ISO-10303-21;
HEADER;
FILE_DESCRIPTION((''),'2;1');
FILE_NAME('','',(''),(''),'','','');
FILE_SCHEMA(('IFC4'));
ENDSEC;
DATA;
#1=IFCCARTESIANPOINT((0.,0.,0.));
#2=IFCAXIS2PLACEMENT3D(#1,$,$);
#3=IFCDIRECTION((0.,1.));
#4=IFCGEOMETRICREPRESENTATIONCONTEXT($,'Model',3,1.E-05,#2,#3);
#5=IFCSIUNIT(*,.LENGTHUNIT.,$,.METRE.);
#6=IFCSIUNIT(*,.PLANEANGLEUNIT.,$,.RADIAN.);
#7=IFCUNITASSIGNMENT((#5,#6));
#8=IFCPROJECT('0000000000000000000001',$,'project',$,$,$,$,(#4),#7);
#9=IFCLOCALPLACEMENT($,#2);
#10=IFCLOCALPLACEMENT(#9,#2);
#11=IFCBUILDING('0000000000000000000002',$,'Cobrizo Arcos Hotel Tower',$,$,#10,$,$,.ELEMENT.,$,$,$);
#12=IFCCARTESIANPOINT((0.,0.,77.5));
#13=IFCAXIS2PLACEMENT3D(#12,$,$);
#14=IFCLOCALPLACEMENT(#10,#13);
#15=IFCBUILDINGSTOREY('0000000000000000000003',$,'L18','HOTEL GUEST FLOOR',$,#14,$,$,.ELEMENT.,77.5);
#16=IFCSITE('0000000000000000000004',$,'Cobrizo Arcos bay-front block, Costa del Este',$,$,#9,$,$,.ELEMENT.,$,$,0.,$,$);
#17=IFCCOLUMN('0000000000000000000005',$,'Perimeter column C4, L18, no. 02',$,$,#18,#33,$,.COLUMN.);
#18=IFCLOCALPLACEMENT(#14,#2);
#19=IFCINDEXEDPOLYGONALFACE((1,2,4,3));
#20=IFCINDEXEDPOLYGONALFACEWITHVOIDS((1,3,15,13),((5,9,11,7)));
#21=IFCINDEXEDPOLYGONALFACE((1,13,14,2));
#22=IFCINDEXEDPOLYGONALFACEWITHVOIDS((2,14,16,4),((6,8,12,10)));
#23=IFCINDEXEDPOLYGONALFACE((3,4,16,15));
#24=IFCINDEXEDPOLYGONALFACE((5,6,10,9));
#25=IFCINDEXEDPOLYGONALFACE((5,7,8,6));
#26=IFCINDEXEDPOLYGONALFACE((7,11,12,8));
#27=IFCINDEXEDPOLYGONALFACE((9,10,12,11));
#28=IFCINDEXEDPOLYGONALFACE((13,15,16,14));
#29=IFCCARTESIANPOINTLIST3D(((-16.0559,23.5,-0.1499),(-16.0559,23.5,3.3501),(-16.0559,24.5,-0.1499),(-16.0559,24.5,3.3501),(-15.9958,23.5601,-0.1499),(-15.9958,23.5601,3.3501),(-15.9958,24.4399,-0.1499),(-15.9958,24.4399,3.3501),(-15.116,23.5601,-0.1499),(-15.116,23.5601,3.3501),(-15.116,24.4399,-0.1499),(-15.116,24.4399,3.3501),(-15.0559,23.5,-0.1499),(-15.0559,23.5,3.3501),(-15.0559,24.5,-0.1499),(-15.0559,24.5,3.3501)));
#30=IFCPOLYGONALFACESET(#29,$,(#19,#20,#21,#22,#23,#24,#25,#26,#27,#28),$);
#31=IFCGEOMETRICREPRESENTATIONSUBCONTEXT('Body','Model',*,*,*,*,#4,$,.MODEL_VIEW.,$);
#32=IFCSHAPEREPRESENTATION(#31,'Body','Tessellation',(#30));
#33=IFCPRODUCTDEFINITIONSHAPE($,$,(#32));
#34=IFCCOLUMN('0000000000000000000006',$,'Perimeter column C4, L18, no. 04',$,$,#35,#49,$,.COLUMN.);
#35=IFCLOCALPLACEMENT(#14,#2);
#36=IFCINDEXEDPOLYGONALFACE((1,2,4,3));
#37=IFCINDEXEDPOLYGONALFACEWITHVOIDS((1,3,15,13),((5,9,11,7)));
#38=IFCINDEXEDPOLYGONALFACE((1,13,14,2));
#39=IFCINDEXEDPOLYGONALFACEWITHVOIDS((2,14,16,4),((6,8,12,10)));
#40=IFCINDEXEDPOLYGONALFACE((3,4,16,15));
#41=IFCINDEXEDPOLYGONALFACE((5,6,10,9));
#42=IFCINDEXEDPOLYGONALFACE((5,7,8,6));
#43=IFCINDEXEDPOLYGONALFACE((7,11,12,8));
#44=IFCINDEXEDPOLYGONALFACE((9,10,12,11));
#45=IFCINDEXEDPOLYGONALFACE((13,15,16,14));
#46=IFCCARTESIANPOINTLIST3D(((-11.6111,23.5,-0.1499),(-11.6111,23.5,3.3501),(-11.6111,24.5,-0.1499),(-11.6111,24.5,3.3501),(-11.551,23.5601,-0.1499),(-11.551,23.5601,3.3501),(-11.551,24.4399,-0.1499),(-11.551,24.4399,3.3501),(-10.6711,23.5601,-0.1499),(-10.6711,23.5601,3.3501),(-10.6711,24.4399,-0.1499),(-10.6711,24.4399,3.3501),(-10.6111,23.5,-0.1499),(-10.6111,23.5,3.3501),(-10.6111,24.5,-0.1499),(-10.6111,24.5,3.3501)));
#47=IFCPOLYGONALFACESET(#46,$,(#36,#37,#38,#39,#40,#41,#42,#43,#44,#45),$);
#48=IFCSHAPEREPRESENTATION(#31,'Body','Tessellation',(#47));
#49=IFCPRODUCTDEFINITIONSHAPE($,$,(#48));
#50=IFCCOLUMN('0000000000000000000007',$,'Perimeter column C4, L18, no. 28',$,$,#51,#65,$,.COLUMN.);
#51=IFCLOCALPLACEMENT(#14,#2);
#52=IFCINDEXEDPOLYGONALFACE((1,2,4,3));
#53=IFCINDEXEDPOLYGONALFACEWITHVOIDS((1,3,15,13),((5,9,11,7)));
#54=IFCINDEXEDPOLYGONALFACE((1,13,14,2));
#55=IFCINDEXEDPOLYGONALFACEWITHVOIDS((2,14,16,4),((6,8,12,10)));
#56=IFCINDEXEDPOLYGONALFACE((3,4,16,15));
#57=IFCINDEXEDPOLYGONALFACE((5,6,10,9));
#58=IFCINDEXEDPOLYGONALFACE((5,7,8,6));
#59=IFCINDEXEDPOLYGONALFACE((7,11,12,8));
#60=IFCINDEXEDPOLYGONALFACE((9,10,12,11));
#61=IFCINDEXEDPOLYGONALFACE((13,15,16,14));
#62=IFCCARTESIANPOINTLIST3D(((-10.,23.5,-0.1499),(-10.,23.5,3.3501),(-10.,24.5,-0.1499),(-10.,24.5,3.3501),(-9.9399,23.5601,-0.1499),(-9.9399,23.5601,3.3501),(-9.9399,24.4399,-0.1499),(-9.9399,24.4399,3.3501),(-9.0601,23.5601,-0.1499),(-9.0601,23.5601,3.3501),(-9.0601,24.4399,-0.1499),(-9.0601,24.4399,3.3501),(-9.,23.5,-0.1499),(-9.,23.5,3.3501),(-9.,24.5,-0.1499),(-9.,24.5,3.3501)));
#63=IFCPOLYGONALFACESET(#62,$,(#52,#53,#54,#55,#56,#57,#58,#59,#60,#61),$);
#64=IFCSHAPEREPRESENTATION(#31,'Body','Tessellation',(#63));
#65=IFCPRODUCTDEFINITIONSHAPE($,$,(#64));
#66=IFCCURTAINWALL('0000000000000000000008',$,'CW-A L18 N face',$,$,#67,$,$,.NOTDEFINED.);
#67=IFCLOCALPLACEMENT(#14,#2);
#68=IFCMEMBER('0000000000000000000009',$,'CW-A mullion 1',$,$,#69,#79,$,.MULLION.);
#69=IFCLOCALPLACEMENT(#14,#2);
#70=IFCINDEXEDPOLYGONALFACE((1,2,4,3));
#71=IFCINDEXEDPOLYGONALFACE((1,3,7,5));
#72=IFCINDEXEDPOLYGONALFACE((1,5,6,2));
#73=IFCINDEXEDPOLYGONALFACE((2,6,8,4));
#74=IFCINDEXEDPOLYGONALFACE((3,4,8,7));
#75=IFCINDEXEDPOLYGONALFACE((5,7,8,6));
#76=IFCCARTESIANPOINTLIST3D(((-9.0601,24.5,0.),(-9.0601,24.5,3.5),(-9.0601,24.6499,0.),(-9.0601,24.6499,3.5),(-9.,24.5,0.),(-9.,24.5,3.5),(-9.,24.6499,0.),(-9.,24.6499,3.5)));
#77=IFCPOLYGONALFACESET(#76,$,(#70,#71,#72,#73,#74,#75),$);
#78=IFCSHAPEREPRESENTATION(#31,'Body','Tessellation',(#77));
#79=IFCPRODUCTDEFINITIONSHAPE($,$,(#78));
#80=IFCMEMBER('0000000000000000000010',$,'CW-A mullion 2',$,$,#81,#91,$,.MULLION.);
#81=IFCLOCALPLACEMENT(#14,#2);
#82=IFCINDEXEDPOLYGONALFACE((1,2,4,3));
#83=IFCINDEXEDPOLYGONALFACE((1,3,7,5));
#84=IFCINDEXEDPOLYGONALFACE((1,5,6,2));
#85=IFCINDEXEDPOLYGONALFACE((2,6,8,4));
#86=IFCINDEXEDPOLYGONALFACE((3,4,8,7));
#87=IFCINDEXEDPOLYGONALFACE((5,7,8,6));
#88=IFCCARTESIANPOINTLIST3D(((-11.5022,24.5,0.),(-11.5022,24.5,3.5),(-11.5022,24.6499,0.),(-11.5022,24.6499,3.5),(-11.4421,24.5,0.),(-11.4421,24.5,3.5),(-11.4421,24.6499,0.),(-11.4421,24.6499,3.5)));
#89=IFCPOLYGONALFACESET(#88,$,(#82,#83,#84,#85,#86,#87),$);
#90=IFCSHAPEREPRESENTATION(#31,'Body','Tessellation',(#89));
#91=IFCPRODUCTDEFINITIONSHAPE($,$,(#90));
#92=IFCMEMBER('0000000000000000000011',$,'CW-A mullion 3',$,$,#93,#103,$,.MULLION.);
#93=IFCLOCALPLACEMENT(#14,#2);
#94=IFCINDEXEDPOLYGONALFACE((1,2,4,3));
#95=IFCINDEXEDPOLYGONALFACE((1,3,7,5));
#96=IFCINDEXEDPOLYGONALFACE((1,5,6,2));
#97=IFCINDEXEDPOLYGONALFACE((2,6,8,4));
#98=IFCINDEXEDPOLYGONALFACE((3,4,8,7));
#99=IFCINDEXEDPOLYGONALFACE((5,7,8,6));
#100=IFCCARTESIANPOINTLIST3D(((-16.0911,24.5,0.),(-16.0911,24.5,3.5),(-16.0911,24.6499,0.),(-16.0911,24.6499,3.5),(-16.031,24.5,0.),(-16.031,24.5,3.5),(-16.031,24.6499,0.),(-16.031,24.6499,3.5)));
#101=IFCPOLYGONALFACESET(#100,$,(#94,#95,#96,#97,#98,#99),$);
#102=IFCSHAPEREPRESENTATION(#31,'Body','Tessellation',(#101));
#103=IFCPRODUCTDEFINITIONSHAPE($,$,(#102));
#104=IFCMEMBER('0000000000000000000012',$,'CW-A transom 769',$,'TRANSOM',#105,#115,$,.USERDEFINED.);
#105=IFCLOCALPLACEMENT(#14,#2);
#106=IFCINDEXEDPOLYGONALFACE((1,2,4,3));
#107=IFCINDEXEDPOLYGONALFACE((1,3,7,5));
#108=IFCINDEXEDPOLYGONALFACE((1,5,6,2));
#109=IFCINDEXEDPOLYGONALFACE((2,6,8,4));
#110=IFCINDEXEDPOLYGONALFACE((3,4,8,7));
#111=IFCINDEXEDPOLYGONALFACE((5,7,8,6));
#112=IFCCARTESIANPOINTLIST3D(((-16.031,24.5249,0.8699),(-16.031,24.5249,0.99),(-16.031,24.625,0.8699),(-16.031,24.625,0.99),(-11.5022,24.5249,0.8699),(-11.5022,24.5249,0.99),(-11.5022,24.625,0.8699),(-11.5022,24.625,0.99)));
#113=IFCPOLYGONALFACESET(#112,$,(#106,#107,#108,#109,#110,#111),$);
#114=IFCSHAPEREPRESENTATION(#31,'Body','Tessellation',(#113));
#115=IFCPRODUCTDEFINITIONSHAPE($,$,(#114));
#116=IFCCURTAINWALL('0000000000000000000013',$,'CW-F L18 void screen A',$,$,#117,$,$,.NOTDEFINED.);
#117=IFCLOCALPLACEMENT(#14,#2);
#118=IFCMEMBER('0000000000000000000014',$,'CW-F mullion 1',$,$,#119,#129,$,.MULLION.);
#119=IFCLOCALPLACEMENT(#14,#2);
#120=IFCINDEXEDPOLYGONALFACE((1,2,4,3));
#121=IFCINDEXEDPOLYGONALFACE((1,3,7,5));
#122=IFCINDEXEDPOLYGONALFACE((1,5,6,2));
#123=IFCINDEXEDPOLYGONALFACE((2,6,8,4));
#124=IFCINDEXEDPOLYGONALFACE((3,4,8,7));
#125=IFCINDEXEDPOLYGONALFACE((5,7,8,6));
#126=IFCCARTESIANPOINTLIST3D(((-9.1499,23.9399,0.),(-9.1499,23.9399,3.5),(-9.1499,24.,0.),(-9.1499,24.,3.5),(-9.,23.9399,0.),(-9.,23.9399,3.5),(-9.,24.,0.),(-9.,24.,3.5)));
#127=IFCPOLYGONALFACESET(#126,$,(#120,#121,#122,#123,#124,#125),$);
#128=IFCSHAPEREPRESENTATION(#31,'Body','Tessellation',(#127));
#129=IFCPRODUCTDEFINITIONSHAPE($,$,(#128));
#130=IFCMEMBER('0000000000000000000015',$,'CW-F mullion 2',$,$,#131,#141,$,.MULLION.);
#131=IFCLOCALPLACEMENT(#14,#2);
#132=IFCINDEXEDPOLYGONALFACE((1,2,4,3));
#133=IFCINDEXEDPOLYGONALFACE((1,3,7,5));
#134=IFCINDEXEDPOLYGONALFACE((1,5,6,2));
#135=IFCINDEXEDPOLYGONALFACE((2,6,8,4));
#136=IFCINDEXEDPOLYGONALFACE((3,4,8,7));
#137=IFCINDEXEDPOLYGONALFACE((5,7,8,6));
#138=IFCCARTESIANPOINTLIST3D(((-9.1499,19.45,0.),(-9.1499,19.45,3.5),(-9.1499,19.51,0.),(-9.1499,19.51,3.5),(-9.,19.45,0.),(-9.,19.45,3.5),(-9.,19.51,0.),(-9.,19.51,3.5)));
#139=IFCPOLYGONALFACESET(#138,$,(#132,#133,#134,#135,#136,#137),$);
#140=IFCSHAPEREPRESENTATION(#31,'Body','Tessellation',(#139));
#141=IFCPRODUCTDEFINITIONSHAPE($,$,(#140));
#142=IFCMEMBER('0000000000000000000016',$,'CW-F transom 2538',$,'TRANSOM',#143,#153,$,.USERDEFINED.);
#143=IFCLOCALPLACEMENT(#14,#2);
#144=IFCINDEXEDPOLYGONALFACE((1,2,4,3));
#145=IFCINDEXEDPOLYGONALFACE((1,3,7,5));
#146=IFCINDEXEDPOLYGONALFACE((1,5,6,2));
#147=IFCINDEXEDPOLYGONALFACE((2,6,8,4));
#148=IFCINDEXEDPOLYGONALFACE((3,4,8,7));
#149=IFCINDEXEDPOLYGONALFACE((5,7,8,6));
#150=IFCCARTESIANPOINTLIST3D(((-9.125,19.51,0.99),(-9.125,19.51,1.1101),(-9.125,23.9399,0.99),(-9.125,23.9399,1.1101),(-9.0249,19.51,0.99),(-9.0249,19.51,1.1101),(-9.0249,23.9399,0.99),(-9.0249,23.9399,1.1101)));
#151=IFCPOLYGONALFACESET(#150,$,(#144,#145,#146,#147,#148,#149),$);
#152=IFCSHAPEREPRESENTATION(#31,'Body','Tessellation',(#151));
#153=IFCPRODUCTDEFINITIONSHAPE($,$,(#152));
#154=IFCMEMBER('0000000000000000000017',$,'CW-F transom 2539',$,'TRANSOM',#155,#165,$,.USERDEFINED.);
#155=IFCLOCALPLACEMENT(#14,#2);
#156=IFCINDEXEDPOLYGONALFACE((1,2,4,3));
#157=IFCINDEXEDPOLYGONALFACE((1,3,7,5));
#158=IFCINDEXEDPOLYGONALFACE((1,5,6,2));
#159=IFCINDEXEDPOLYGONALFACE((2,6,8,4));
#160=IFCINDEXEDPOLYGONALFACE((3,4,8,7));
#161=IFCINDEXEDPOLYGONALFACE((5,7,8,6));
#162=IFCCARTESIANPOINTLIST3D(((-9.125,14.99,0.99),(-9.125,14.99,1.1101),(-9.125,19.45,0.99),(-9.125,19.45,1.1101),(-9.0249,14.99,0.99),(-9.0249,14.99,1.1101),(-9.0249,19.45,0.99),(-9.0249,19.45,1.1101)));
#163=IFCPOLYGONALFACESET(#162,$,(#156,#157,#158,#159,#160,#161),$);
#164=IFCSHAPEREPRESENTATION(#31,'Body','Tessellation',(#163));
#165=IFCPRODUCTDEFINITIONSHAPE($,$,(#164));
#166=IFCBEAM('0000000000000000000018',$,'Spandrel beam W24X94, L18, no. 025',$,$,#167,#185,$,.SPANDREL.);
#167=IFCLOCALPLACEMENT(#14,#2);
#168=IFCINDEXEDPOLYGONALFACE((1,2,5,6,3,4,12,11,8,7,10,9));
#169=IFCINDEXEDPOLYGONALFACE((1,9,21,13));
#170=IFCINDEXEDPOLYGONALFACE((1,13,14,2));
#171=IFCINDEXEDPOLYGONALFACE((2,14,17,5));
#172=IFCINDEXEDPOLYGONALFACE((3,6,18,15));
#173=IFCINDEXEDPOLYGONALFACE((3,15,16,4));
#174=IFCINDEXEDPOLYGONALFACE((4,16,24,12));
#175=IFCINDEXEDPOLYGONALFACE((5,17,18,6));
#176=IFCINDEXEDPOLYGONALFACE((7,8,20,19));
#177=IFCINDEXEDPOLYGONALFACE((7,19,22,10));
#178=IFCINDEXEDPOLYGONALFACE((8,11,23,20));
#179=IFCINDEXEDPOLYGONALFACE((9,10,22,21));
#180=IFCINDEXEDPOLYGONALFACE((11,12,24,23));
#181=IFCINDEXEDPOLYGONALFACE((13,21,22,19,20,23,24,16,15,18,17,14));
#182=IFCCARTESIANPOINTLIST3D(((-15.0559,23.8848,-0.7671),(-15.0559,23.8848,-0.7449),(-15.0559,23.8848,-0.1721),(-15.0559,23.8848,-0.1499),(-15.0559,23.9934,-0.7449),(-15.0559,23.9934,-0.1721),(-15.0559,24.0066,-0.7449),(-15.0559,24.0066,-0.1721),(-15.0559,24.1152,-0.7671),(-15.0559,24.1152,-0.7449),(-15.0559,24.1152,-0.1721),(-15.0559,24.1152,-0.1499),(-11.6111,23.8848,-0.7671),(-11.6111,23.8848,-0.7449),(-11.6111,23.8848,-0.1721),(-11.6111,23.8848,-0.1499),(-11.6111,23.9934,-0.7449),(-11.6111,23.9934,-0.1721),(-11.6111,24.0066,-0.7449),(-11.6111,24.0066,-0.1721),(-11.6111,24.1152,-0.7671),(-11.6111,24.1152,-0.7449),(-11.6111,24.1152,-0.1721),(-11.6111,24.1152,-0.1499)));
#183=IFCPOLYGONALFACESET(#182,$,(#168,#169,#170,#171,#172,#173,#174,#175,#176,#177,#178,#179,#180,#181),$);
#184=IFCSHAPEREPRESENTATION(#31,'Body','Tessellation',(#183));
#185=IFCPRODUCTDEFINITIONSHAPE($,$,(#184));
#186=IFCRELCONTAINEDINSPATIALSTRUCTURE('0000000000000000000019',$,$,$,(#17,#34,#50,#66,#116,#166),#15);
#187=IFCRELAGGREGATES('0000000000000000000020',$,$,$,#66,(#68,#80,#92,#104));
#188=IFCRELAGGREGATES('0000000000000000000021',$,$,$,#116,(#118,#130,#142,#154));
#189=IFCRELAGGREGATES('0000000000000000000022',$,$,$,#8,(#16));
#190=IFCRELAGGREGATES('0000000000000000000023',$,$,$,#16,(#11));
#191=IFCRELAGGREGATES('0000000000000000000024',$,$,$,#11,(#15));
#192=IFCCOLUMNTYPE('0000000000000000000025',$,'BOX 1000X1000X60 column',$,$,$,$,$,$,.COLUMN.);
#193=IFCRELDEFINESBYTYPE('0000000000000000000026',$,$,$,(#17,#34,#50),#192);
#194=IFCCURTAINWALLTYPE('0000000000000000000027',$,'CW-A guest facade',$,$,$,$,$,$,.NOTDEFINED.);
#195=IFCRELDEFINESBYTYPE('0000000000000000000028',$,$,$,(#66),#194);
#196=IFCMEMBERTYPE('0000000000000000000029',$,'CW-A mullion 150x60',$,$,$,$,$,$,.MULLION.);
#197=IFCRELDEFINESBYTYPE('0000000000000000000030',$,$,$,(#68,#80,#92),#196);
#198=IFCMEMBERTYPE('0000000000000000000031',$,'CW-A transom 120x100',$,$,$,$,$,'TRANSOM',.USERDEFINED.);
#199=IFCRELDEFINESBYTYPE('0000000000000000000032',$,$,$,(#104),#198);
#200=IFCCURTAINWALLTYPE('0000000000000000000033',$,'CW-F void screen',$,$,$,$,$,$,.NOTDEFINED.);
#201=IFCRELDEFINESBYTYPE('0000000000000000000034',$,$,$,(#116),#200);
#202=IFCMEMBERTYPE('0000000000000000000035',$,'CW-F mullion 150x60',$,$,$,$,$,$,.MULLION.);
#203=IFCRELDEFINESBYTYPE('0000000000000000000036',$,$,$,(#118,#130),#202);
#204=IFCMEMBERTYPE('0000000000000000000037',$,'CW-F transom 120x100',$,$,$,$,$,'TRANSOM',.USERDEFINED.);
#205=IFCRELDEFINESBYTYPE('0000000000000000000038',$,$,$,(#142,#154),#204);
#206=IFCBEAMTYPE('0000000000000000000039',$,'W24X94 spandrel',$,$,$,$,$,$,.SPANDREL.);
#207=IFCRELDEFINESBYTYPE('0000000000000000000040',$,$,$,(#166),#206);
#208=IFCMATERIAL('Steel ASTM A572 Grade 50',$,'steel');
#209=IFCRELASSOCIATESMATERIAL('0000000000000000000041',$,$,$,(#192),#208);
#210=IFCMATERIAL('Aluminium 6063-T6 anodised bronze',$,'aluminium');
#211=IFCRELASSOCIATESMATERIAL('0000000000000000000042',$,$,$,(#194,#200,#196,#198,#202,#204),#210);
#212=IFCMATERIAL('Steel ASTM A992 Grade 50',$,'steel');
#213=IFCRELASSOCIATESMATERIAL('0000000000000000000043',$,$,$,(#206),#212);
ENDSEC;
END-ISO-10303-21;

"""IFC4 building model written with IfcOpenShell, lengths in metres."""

from ifc_helpers import new_model, si_unit, direction, frame, origin, origin_2d, place, context, subcontext, project, spatial, rectangle, hollow_rectangle, i_section, extrude, material, material_profile, profile_set, type_object, element, aggregate, save


model = new_model("IFC4")

# Units and contexts
model_context = context("Model", 3, precision=1e-05, world=origin(), true_north=direction((0.0, 1.0)))
body_context = subcontext(model_context, "Body", "Model", "MODEL_VIEW")
ifc_project = project(units=[si_unit("LENGTHUNIT", "METRE"), si_unit("PLANEANGLEUNIT", "RADIAN")], contexts=[model_context])

# Site, building, storey
site_placement = place(None, origin())
site = spatial("IfcSite", under=ifc_project, at=site_placement, Name="Cobrizo Arcos bay-front block, Costa del Este", CompositionType="ELEMENT", RefElevation=0.0)
building_placement = place(site_placement, origin())
building = spatial("IfcBuilding", under=site, at=building_placement, Name="Cobrizo Arcos Hotel Tower", CompositionType="ELEMENT")
storey_placement = place(building_placement, frame((0.0, 0.0, 77.5)))
storey = spatial("IfcBuildingStorey", under=building, at=storey_placement, Name="L18", Description="HOTEL GUEST FLOOR", CompositionType="ELEMENT", Elevation=77.5)

# Columns
ifc_material_1 = material(Name="Steel ASTM A572 Grade 50", Category="steel")
ifc_material_profile_1 = material_profile(ifc_material_1, hollow_rectangle(XDim=1.0, YDim=1.0, WallThickness=0.0601, at=origin_2d()), Name="BOX 1000X1000X60")
ifc_profile_set_1 = profile_set([ifc_material_profile_1], Name="Steel ASTM A572 Grade 50")
column_type = type_object("IfcColumnType", Name="BOX 1000X1000X60 column", PredefinedType="COLUMN", material=ifc_profile_set_1)
for number, where, z_axis, x_axis, name in (
    (1, (-15.5559, 24.0, -0.1499), (0.0, 0.0, 1.0), (1.0, 0.0, 0.0), "Perimeter column C4, L18, no. 02"),
    (2, (-11.1111, 24.0, -0.1499), (0.0, 0.0, 1.0), (1.0, 0.0, 0.0), "Perimeter column C4, L18, no. 04"),
    (3, (-9.5, 24.0, -0.1499), (0.0, 0.0, 1.0), (1.0, 0.0, 0.0), "Perimeter column C4, L18, no. 28"),
):
    element("IfcColumn", number, at=place(storey_placement, frame(where, z_axis=z_axis, x_axis=x_axis)), inside=storey, type_object=column_type, Name=name, PredefinedType="COLUMN", context=body_context, shape_type="SweptSolid", body=[
        extrude(hollow_rectangle(XDim=1.0, YDim=1.0, WallThickness=0.0601, at=origin_2d()), origin(), (0.0, 0.0, 1.0), 3.5),
    ])

# Curtain walls, members
ifc_material_2 = material(Name="Aluminium 6063-T6 anodised bronze", Category="aluminium")
curtain_wall_type_1 = type_object("IfcCurtainWallType", Name="CW-A guest facade", PredefinedType="NOTDEFINED", material=ifc_material_2)
curtain_wall_1_placement = place(storey_placement, origin())
curtain_wall_1 = element("IfcCurtainWall", 4, at=curtain_wall_1_placement, inside=storey, type_object=curtain_wall_type_1, Name="CW-A L18 N face", PredefinedType="NOTDEFINED")
ifc_material_profile_2 = material_profile(ifc_material_2, rectangle(XDim=0.1499, YDim=0.0601, at=origin_2d()), Name="CW-A mullion 150x60")
ifc_profile_set_2 = profile_set([ifc_material_profile_2], Name="Aluminium 6063-T6 anodised bronze")
member_type_1 = type_object("IfcMemberType", Name="CW-A mullion 150x60", PredefinedType="MULLION", material=ifc_profile_set_2)
member_1_placement = place(storey_placement, frame((-9.03, 24.575, 0.0), z_axis=(0.0, 0.0, 1.0), x_axis=(0.0, 1.0, 0.0)))
member_1 = element("IfcMember", 5, at=member_1_placement, type_object=member_type_1, Name="CW-A mullion 1", PredefinedType="MULLION", context=body_context, shape_type="SweptSolid", body=[
    extrude(rectangle(XDim=0.1499, YDim=0.0601, at=origin_2d()), origin(), (0.0, 0.0, 1.0), 3.5),
])
member_2_placement = place(storey_placement, frame((-11.4722, 24.575, 0.0), z_axis=(0.0, 0.0, 1.0), x_axis=(0.0, 1.0, 0.0)))
member_2 = element("IfcMember", 6, at=member_2_placement, type_object=member_type_1, Name="CW-A mullion 2", PredefinedType="MULLION", context=body_context, shape_type="SweptSolid", body=[
    extrude(rectangle(XDim=0.1499, YDim=0.0601, at=origin_2d()), origin(), (0.0, 0.0, 1.0), 3.5),
])
member_3_placement = place(storey_placement, frame((-16.061, 24.575, 0.0), z_axis=(0.0, 0.0, 1.0), x_axis=(0.0, 1.0, 0.0)))
member_3 = element("IfcMember", 7, at=member_3_placement, type_object=member_type_1, Name="CW-A mullion 3", PredefinedType="MULLION", context=body_context, shape_type="SweptSolid", body=[
    extrude(rectangle(XDim=0.1499, YDim=0.0601, at=origin_2d()), origin(), (0.0, 0.0, 1.0), 3.5),
])
ifc_material_profile_3 = material_profile(ifc_material_2, rectangle(XDim=0.1001, YDim=0.1201, at=origin_2d()), Name="CW-A transom 120x100")
ifc_profile_set_3 = profile_set([ifc_material_profile_3], Name="Aluminium 6063-T6 anodised bronze")
member_type_2 = type_object("IfcMemberType", Name="CW-A transom 120x100", ElementType="TRANSOM", PredefinedType="USERDEFINED", material=ifc_profile_set_3)
member_4_placement = place(storey_placement, frame((-11.5022, 24.575, 0.9299), z_axis=(-1.0, 0.0, 0.0), x_axis=(0.0, -1.0, 0.0)))
member_4 = element("IfcMember", 8, at=member_4_placement, type_object=member_type_2, Name="CW-A transom 769", ObjectType="TRANSOM", PredefinedType="USERDEFINED", context=body_context, shape_type="SweptSolid", body=[
    extrude(rectangle(XDim=0.1001, YDim=0.1201, at=origin_2d()), origin(), (0.0, 0.0, 1.0), 4.5288),
])
curtain_wall_type_2 = type_object("IfcCurtainWallType", Name="CW-F void screen", PredefinedType="NOTDEFINED", material=ifc_material_2)
curtain_wall_2_placement = place(storey_placement, origin())
curtain_wall_2 = element("IfcCurtainWall", 9, at=curtain_wall_2_placement, inside=storey, type_object=curtain_wall_type_2, Name="CW-F L18 void screen A", PredefinedType="NOTDEFINED")
ifc_material_profile_4 = material_profile(ifc_material_2, rectangle(XDim=0.1499, YDim=0.0601, at=origin_2d()), Name="CW-F mullion 150x60")
ifc_profile_set_4 = profile_set([ifc_material_profile_4], Name="Aluminium 6063-T6 anodised bronze")
member_type_3 = type_object("IfcMemberType", Name="CW-F mullion 150x60", PredefinedType="MULLION", material=ifc_profile_set_4)
member_5_placement = place(storey_placement, frame((-9.075, 23.97, 0.0), z_axis=(0.0, 0.0, 1.0), x_axis=(-1.0, 0.0, 0.0)))
member_5 = element("IfcMember", 10, at=member_5_placement, type_object=member_type_3, Name="CW-F mullion 1", PredefinedType="MULLION", context=body_context, shape_type="SweptSolid", body=[
    extrude(rectangle(XDim=0.1499, YDim=0.0601, at=origin_2d()), origin(), (0.0, 0.0, 1.0), 3.5),
])
member_6_placement = place(storey_placement, frame((-9.075, 19.48, 0.0), z_axis=(0.0, 0.0, 1.0), x_axis=(-1.0, 0.0, 0.0)))
member_6 = element("IfcMember", 11, at=member_6_placement, type_object=member_type_3, Name="CW-F mullion 2", PredefinedType="MULLION", context=body_context, shape_type="SweptSolid", body=[
    extrude(rectangle(XDim=0.1499, YDim=0.0601, at=origin_2d()), origin(), (0.0, 0.0, 1.0), 3.5),
])
ifc_material_profile_5 = material_profile(ifc_material_2, rectangle(XDim=0.1001, YDim=0.1201, at=origin_2d()), Name="CW-F transom 120x100")
ifc_profile_set_5 = profile_set([ifc_material_profile_5], Name="Aluminium 6063-T6 anodised bronze")
member_type_4 = type_object("IfcMemberType", Name="CW-F transom 120x100", ElementType="TRANSOM", PredefinedType="USERDEFINED", material=ifc_profile_set_5)
member_7_placement = place(storey_placement, frame((-9.075, 23.9399, 1.05), z_axis=(0.0, -1.0, 0.0), x_axis=(1.0, 0.0, 0.0)))
member_7 = element("IfcMember", 12, at=member_7_placement, type_object=member_type_4, Name="CW-F transom 2538", ObjectType="TRANSOM", PredefinedType="USERDEFINED", context=body_context, shape_type="SweptSolid", body=[
    extrude(rectangle(XDim=0.1001, YDim=0.1201, at=origin_2d()), origin(), (0.0, 0.0, 1.0), 4.4299),
])
member_8_placement = place(storey_placement, frame((-9.075, 19.45, 1.05), z_axis=(0.0, -1.0, 0.0), x_axis=(1.0, 0.0, 0.0)))
member_8 = element("IfcMember", 13, at=member_8_placement, type_object=member_type_4, Name="CW-F transom 2539", ObjectType="TRANSOM", PredefinedType="USERDEFINED", context=body_context, shape_type="SweptSolid", body=[
    extrude(rectangle(XDim=0.1001, YDim=0.1201, at=origin_2d()), origin(), (0.0, 0.0, 1.0), 4.46),
])

# Beam
ifc_material_3 = material(Name="Steel ASTM A992 Grade 50", Category="steel")
ifc_material_profile_6 = material_profile(ifc_material_3, i_section(OverallWidth=0.2305, OverallDepth=0.6172, WebThickness=0.0132, FlangeThickness=0.0222, at=origin_2d()), Name="W24X94")
ifc_profile_set_6 = profile_set([ifc_material_profile_6], Name="Steel ASTM A992 Grade 50")
beam_type = type_object("IfcBeamType", Name="W24X94 spandrel", PredefinedType="SPANDREL", material=ifc_profile_set_6)
beam_1_placement = place(storey_placement, frame((-15.0559, 24.0, -0.4585), z_axis=(1.0, 0.0, 0.0), x_axis=(0.0, 1.0, 0.0)))
element("IfcBeam", 14, at=beam_1_placement, inside=storey, type_object=beam_type, Name="Spandrel beam W24X94, L18, no. 025", PredefinedType="SPANDREL", context=body_context, shape_type="SweptSolid", body=[
    extrude(i_section(OverallWidth=0.2305, OverallDepth=0.6172, WebThickness=0.0132, FlangeThickness=0.0222, at=origin_2d()), origin(), (0.0, 0.0, 1.0), 3.4448),
])

aggregate(curtain_wall_1, [member_1, member_2, member_3, member_4])
aggregate(curtain_wall_2, [member_5, member_6, member_7, member_8])

save(model, "model.ifc")
